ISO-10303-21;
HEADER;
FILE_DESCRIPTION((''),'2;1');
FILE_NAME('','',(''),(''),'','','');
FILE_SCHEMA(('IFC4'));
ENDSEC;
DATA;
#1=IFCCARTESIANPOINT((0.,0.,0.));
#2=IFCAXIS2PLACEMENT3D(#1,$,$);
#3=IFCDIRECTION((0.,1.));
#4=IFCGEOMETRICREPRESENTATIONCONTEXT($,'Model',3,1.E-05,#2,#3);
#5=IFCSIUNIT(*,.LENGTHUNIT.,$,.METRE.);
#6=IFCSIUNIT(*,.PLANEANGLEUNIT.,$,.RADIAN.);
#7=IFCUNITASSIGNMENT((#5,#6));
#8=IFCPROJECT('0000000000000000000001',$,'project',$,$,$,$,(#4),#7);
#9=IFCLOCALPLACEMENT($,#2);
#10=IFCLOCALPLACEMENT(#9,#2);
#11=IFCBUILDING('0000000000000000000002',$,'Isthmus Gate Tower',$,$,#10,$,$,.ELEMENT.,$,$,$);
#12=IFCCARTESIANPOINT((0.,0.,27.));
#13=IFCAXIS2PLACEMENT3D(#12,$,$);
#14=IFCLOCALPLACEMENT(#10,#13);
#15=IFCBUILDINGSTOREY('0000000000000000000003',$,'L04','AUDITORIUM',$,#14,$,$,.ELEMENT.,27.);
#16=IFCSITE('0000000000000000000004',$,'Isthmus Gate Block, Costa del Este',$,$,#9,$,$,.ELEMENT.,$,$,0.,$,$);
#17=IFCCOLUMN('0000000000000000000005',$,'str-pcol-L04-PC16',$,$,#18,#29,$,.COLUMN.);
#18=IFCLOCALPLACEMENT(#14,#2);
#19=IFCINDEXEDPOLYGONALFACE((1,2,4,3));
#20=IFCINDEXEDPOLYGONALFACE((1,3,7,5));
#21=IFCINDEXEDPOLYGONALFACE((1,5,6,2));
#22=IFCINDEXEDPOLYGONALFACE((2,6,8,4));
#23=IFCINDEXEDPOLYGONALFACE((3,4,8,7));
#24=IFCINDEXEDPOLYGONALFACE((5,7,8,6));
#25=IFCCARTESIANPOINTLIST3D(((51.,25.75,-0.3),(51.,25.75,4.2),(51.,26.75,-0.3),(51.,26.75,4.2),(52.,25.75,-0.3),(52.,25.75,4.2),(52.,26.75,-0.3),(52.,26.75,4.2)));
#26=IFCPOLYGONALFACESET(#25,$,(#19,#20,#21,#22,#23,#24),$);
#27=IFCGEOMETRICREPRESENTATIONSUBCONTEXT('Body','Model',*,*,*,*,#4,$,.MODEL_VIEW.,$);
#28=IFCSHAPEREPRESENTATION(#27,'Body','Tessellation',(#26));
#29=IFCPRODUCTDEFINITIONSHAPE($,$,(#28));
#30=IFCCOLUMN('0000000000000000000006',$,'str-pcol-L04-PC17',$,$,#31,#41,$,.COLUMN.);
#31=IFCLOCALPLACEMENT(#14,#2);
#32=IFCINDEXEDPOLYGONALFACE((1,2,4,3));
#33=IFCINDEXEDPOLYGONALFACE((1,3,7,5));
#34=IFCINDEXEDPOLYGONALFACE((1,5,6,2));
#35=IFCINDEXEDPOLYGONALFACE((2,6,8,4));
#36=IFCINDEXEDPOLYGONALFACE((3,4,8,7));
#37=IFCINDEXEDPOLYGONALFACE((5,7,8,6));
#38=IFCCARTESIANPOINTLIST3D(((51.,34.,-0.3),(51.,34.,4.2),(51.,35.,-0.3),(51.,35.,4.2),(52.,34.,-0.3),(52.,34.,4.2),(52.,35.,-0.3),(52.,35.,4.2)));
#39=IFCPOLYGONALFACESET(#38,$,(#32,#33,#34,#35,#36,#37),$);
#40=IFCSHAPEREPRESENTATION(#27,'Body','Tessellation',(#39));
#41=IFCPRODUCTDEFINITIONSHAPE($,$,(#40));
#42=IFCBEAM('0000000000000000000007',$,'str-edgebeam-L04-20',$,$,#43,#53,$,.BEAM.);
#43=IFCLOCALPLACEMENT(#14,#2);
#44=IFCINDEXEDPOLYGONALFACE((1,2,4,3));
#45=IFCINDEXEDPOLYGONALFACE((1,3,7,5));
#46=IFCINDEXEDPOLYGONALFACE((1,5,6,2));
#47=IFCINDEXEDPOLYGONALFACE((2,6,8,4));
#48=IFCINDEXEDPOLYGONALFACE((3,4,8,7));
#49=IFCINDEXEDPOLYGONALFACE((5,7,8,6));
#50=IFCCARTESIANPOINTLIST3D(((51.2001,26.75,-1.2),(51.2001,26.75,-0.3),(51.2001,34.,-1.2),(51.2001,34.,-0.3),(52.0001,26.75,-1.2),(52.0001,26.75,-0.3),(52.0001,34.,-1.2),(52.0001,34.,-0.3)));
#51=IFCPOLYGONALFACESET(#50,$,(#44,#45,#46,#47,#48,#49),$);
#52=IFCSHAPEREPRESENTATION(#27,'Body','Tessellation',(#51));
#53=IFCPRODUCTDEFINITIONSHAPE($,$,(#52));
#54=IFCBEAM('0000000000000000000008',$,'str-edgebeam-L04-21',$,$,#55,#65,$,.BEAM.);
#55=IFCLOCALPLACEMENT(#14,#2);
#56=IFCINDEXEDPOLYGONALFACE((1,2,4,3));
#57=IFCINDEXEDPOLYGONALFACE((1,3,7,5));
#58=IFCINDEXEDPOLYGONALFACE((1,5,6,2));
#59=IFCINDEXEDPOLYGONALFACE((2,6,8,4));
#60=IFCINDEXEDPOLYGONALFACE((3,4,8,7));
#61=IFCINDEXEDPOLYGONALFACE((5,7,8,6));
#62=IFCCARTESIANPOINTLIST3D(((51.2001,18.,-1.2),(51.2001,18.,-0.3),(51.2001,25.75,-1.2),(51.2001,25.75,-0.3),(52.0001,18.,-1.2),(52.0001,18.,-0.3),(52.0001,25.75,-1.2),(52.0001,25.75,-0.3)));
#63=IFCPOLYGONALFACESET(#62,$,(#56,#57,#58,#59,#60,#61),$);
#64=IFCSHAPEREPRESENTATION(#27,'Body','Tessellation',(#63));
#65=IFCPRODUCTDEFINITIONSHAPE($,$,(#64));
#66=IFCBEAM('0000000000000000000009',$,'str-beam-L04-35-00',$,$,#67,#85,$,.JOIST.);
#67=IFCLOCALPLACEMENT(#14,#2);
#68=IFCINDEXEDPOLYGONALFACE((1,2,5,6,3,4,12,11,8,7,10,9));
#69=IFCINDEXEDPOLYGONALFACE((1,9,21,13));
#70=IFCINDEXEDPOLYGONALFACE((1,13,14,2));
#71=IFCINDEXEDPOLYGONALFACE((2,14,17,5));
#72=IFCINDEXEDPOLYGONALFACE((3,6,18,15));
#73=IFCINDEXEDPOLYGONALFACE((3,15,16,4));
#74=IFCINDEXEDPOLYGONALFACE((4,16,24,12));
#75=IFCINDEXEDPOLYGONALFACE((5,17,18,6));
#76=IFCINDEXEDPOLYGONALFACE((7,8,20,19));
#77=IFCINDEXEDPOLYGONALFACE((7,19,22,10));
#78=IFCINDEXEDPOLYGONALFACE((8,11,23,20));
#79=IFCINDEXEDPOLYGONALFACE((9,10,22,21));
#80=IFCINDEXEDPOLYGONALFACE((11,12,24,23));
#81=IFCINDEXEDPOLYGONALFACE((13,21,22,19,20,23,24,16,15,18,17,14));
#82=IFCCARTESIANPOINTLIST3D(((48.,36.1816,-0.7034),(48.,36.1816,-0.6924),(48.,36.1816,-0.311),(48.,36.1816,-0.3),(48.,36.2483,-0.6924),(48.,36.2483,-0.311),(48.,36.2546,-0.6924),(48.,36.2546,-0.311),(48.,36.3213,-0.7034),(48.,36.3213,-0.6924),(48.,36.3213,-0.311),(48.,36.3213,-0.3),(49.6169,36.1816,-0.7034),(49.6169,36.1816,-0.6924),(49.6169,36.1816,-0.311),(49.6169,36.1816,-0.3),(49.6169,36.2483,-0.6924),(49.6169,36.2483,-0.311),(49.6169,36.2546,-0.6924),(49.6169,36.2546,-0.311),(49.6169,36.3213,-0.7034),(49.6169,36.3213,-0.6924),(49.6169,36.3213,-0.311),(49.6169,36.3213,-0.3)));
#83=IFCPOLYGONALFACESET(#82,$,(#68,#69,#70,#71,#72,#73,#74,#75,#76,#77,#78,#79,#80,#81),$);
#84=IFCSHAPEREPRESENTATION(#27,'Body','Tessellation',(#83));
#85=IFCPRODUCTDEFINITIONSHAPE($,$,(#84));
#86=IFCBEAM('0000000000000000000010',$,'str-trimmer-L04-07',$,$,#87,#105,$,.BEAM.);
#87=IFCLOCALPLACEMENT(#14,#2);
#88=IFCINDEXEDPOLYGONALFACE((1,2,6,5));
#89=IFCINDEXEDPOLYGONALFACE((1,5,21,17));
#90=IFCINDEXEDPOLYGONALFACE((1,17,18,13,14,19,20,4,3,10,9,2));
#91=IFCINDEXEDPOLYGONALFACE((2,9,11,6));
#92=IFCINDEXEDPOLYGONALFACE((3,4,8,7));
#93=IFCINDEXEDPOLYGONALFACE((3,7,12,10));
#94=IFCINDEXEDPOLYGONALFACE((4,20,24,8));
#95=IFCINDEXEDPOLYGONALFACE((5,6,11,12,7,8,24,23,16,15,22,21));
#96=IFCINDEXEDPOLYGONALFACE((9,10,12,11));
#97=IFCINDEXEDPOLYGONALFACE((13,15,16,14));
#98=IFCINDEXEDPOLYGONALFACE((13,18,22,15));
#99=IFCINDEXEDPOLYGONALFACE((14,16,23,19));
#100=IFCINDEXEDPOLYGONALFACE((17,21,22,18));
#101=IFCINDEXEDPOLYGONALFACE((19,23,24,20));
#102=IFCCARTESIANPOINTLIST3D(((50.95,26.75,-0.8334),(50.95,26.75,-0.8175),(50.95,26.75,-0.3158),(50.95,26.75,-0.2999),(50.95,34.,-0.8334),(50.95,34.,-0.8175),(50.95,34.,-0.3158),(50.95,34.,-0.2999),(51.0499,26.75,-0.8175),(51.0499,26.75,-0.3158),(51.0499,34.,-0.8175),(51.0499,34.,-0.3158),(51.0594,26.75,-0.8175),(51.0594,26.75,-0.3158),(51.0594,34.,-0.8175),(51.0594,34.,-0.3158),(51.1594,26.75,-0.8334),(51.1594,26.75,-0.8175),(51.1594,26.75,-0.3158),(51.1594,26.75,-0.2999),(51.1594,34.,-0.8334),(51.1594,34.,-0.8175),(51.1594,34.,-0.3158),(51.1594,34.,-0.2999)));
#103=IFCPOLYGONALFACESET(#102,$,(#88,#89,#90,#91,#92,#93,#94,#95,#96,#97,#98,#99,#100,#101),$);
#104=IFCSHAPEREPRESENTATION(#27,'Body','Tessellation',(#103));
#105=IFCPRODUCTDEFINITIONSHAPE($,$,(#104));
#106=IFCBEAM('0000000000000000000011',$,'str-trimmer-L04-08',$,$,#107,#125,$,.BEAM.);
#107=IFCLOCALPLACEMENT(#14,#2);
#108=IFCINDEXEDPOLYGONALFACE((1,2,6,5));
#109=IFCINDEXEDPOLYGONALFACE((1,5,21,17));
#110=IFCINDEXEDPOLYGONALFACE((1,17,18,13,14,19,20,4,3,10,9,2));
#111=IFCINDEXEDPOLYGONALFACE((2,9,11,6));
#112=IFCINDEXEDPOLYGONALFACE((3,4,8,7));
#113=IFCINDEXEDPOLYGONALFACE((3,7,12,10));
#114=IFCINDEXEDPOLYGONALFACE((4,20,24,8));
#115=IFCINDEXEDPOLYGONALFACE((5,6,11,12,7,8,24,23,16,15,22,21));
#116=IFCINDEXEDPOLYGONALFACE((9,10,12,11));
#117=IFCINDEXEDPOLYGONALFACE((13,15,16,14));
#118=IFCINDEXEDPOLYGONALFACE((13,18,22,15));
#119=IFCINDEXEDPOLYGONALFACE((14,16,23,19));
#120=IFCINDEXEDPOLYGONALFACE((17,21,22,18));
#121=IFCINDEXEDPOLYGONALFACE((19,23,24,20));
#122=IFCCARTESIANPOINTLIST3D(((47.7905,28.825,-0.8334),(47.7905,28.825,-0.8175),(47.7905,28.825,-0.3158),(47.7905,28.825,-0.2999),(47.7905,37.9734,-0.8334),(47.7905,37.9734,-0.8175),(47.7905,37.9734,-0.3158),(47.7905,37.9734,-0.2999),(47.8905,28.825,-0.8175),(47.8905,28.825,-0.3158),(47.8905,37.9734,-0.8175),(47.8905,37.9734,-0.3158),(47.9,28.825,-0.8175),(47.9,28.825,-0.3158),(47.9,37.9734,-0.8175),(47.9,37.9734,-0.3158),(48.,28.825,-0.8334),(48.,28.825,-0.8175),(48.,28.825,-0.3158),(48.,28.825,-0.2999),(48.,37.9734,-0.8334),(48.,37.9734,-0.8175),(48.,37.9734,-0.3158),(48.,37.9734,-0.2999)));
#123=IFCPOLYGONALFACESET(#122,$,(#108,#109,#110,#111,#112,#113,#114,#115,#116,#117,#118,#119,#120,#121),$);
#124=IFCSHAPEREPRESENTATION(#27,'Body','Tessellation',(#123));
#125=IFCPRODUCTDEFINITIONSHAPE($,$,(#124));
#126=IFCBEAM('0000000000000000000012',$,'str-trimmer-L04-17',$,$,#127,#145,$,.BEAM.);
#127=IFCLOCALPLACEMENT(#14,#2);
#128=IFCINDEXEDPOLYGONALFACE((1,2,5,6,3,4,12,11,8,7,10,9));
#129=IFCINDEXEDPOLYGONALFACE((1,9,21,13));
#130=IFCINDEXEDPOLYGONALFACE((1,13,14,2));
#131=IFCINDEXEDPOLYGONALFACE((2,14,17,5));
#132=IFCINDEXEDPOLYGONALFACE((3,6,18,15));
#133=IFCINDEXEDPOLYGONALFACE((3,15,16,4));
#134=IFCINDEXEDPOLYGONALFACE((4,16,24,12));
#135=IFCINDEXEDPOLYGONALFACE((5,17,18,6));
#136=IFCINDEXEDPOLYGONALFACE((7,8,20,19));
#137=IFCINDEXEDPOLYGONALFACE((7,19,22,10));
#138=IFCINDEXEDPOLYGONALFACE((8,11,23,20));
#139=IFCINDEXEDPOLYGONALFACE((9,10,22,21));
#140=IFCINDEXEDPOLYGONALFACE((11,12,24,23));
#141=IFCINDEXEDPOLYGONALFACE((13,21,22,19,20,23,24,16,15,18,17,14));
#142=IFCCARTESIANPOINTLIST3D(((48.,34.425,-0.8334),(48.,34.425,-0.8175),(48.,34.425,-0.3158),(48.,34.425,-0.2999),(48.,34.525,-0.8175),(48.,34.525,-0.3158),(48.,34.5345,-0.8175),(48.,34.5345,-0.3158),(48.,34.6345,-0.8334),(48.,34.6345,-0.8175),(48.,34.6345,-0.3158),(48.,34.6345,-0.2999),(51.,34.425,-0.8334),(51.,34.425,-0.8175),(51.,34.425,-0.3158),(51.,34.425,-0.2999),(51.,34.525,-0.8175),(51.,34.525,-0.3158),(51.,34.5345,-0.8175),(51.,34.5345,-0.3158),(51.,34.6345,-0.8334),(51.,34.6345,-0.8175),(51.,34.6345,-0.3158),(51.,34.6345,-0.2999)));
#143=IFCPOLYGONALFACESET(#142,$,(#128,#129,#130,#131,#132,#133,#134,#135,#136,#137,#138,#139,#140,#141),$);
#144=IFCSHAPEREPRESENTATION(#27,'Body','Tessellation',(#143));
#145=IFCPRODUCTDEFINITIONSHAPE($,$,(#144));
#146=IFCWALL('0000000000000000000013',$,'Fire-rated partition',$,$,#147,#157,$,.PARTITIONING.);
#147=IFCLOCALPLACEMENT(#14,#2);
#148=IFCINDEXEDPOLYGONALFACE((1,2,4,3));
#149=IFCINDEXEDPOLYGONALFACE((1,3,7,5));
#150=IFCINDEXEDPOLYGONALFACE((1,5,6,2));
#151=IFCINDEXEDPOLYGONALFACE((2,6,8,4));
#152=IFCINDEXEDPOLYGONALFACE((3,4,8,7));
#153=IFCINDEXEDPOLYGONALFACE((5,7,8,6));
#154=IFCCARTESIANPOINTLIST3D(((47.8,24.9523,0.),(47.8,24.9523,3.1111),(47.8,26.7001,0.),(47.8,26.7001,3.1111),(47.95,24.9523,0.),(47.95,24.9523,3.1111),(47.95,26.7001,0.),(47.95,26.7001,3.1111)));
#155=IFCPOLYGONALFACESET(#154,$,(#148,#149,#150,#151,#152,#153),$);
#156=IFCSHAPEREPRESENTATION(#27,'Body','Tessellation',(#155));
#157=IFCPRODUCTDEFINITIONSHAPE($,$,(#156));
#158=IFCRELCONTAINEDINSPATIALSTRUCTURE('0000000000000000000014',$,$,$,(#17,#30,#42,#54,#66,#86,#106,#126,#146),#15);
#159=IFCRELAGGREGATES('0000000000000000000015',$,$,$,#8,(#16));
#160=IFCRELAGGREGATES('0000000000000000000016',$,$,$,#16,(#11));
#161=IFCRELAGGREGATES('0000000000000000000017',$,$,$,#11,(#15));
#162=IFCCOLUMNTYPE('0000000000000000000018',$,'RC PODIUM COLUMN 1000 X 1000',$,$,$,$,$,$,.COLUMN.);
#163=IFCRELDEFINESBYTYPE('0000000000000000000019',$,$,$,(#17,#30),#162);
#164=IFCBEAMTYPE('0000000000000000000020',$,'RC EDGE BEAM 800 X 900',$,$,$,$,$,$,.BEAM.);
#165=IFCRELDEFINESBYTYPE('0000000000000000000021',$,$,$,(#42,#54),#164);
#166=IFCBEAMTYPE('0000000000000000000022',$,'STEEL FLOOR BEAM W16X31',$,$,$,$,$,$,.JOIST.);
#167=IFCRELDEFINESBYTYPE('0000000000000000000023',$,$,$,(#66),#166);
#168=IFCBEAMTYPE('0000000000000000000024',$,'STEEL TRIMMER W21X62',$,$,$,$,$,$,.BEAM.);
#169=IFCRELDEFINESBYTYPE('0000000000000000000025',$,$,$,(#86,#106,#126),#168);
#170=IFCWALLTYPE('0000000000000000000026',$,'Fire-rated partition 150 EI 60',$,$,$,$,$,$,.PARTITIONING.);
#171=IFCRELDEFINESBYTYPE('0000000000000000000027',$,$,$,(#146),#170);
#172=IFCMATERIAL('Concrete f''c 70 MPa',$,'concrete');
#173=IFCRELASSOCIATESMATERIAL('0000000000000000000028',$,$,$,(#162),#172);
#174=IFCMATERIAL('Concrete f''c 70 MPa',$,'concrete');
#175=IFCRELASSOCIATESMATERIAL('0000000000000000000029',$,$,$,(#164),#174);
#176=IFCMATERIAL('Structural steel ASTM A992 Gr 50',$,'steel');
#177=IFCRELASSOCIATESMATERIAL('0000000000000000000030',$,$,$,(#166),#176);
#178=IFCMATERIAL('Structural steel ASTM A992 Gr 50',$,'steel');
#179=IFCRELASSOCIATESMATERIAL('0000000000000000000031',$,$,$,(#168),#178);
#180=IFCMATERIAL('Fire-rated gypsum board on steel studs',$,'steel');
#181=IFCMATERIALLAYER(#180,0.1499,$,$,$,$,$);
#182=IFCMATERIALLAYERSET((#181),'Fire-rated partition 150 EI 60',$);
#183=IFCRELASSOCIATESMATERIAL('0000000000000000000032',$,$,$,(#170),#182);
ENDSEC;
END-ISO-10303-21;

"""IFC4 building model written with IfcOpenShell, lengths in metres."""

from ifc_helpers import new_model, si_unit, direction, frame, frame_2d, origin, origin_2d, place, context, subcontext, project, spatial, rectangle, i_section, extrude, material, layer, layer_set, material_profile, profile_set, type_object, element, save


model = new_model("IFC4")

# Units and contexts
model_context = context("Model", 3, precision=1e-05, world=origin(), true_north=direction((0.0, 1.0)))
body_context = subcontext(model_context, "Body", "Model", "MODEL_VIEW")
ifc_project = project(units=[si_unit("LENGTHUNIT", "METRE"), si_unit("PLANEANGLEUNIT", "RADIAN")], contexts=[model_context])

# Site, building, storey
site_placement = place(None, origin())
site = spatial("IfcSite", under=ifc_project, at=site_placement, Name="Isthmus Gate Block, Costa del Este", CompositionType="ELEMENT", RefElevation=0.0)
building_placement = place(site_placement, origin())
building = spatial("IfcBuilding", under=site, at=building_placement, Name="Isthmus Gate Tower", CompositionType="ELEMENT")
storey_placement = place(building_placement, frame((0.0, 0.0, 27.0)))
storey = spatial("IfcBuildingStorey", under=building, at=storey_placement, Name="L04", Description="AUDITORIUM", CompositionType="ELEMENT", Elevation=27.0)

# Columns
ifc_material_1 = material(Name="Concrete f'c 70 MPa", Category="concrete")
ifc_material_profile_1 = material_profile(ifc_material_1, rectangle(XDim=1.0, YDim=1.0, at=origin_2d()), Name="RC 1000X1000")
ifc_profile_set_1 = profile_set([ifc_material_profile_1], Name="Concrete f'c 70 MPa")
column_type = type_object("IfcColumnType", Name="RC PODIUM COLUMN 1000 X 1000", PredefinedType="COLUMN", material=ifc_profile_set_1)
for number, where, z_axis, x_axis, name in (
    (1, (51.5, 26.25, -0.3), (0.0, 0.0, 1.0), (0.0, 1.0, 0.0), "str-pcol-L04-PC16"),
    (2, (51.5, 34.5, -0.3), (0.0, 0.0, 1.0), (0.0, 1.0, 0.0), "str-pcol-L04-PC17"),
):
    element("IfcColumn", number, at=place(storey_placement, frame(where, z_axis=z_axis, x_axis=x_axis)), inside=storey, type_object=column_type, Name=name, PredefinedType="COLUMN", context=body_context, shape_type="SweptSolid", body=[
        extrude(rectangle(XDim=1.0, YDim=1.0, at=origin_2d()), origin(), (0.0, 0.0, 1.0), 4.5),
    ])

# Beams
ifc_material_2 = material(Name="Concrete f'c 70 MPa", Category="concrete")
ifc_material_profile_2 = material_profile(ifc_material_2, rectangle(XDim=0.8, YDim=0.8999, at=origin_2d()), Name="RC 800X900")
ifc_profile_set_2 = profile_set([ifc_material_profile_2], Name="Concrete f'c 70 MPa")
beam_type_1 = type_object("IfcBeamType", Name="RC EDGE BEAM 800 X 900", PredefinedType="BEAM", material=ifc_profile_set_2)
beam_1_placement = place(storey_placement, frame((51.6001, 34.0, -0.75), z_axis=(0.0, -1.0, 0.0), x_axis=(1.0, 0.0, 0.0)))
element("IfcBeam", 3, at=beam_1_placement, inside=storey, type_object=beam_type_1, Name="str-edgebeam-L04-20", PredefinedType="BEAM", context=body_context, shape_type="SweptSolid", body=[
    extrude(rectangle(XDim=0.8, YDim=0.8999, at=origin_2d()), origin(), (0.0, 0.0, 1.0), 7.25),
])
beam_2_placement = place(storey_placement, frame((51.6001, 25.75, -0.75), z_axis=(0.0, -1.0, 0.0), x_axis=(1.0, 0.0, 0.0)))
element("IfcBeam", 4, at=beam_2_placement, inside=storey, type_object=beam_type_1, Name="str-edgebeam-L04-21", PredefinedType="BEAM", context=body_context, shape_type="SweptSolid", body=[
    extrude(rectangle(XDim=0.8, YDim=0.8999, at=origin_2d()), origin(), (0.0, 0.0, 1.0), 7.75),
])
ifc_material_3 = material(Name="Structural steel ASTM A992 Gr 50", Category="steel")
ifc_material_profile_3 = material_profile(ifc_material_3, i_section(OverallWidth=0.1396, OverallDepth=0.4033, WebThickness=0.0063, FlangeThickness=0.011, at=origin_2d()), Name="W16X31")
ifc_profile_set_3 = profile_set([ifc_material_profile_3], Name="Structural steel ASTM A992 Gr 50")
beam_type_2 = type_object("IfcBeamType", Name="STEEL FLOOR BEAM W16X31", PredefinedType="JOIST", material=ifc_profile_set_3)
beam_3_placement = place(storey_placement, frame((48.0, 36.2515, -0.5017), z_axis=(1.0, 0.0, 0.0), x_axis=(0.0, 1.0, 0.0)))
element("IfcBeam", 5, at=beam_3_placement, inside=storey, type_object=beam_type_2, Name="str-beam-L04-35-00", PredefinedType="JOIST", context=body_context, shape_type="SweptSolid", body=[
    extrude(i_section(OverallWidth=0.1396, OverallDepth=0.4033, WebThickness=0.0063, FlangeThickness=0.011, at=origin_2d()), origin(), (0.0, 0.0, 1.0), 1.6169),
])
ifc_material_4 = material(Name="Structural steel ASTM A992 Gr 50", Category="steel")
ifc_material_profile_4 = material_profile(ifc_material_4, i_section(OverallWidth=0.2095, OverallDepth=0.5334, WebThickness=0.0095, FlangeThickness=0.0159, at=origin_2d()), Name="W21X62")
ifc_profile_set_4 = profile_set([ifc_material_profile_4], Name="Structural steel ASTM A992 Gr 50")
beam_type_3 = type_object("IfcBeamType", Name="STEEL TRIMMER W21X62", PredefinedType="BEAM", material=ifc_profile_set_4)
beam_4_placement = place(storey_placement, frame((51.0547, 26.75, -0.5667), z_axis=(0.0, 1.0, 0.0), x_axis=(-1.0, 0.0, 0.0)))
element("IfcBeam", 6, at=beam_4_placement, inside=storey, type_object=beam_type_3, Name="str-trimmer-L04-07", PredefinedType="BEAM", context=body_context, shape_type="SweptSolid", body=[
    extrude(i_section(OverallWidth=0.2095, OverallDepth=0.5334, WebThickness=0.0095, FlangeThickness=0.0159, at=origin_2d()), origin(), (0.0, 0.0, 1.0), 7.25),
])
beam_5_placement = place(storey_placement, frame((47.8953, 37.9734, -0.5667), z_axis=(0.0, -1.0, 0.0), x_axis=(1.0, 0.0, 0.0)))
element("IfcBeam", 7, at=beam_5_placement, inside=storey, type_object=beam_type_3, Name="str-trimmer-L04-08", PredefinedType="BEAM", context=body_context, shape_type="SweptSolid", body=[
    extrude(i_section(OverallWidth=0.2095, OverallDepth=0.5334, WebThickness=0.0095, FlangeThickness=0.0159, at=origin_2d()), origin(), (0.0, 0.0, 1.0), 9.1484),
])
beam_6_placement = place(storey_placement, frame((51.0, 34.5298, -0.5667), z_axis=(-1.0, 0.0, 0.0), x_axis=(0.0, -1.0, 0.0)))
element("IfcBeam", 8, at=beam_6_placement, inside=storey, type_object=beam_type_3, Name="str-trimmer-L04-17", PredefinedType="BEAM", context=body_context, shape_type="SweptSolid", body=[
    extrude(i_section(OverallWidth=0.2095, OverallDepth=0.5334, WebThickness=0.0095, FlangeThickness=0.0159, at=origin_2d()), origin(), (0.0, 0.0, 1.0), 3.0),
])

# Wall
ifc_material_5 = material(Name="Fire-rated gypsum board on steel studs", Category="steel")
ifc_layer_1 = layer(ifc_material_5, 0.1499)
ifc_layer_set_1 = layer_set([ifc_layer_1], Name="Fire-rated partition 150 EI 60")
wall_type_1 = type_object("IfcWallType", Name="Fire-rated partition 150 EI 60", PredefinedType="PARTITIONING", material=ifc_layer_set_1)
wall_1_placement = place(storey_placement, frame((47.875, 24.9521, 0.0), z_axis=(0.0, 0.0, 1.0), x_axis=(0.0, 1.0, 0.0)))
element("IfcWall", 9, at=wall_1_placement, inside=storey, type_object=wall_type_1, Name="Fire-rated partition", PredefinedType="PARTITIONING", context=body_context, shape_type="SweptSolid", body=[
    extrude(rectangle(XDim=1.7478, YDim=0.1499, at=frame_2d((0.874, 0.0))), origin(), (0.0, 0.0, 1.0), 3.1111),
])

save(model, "model.ifc")
